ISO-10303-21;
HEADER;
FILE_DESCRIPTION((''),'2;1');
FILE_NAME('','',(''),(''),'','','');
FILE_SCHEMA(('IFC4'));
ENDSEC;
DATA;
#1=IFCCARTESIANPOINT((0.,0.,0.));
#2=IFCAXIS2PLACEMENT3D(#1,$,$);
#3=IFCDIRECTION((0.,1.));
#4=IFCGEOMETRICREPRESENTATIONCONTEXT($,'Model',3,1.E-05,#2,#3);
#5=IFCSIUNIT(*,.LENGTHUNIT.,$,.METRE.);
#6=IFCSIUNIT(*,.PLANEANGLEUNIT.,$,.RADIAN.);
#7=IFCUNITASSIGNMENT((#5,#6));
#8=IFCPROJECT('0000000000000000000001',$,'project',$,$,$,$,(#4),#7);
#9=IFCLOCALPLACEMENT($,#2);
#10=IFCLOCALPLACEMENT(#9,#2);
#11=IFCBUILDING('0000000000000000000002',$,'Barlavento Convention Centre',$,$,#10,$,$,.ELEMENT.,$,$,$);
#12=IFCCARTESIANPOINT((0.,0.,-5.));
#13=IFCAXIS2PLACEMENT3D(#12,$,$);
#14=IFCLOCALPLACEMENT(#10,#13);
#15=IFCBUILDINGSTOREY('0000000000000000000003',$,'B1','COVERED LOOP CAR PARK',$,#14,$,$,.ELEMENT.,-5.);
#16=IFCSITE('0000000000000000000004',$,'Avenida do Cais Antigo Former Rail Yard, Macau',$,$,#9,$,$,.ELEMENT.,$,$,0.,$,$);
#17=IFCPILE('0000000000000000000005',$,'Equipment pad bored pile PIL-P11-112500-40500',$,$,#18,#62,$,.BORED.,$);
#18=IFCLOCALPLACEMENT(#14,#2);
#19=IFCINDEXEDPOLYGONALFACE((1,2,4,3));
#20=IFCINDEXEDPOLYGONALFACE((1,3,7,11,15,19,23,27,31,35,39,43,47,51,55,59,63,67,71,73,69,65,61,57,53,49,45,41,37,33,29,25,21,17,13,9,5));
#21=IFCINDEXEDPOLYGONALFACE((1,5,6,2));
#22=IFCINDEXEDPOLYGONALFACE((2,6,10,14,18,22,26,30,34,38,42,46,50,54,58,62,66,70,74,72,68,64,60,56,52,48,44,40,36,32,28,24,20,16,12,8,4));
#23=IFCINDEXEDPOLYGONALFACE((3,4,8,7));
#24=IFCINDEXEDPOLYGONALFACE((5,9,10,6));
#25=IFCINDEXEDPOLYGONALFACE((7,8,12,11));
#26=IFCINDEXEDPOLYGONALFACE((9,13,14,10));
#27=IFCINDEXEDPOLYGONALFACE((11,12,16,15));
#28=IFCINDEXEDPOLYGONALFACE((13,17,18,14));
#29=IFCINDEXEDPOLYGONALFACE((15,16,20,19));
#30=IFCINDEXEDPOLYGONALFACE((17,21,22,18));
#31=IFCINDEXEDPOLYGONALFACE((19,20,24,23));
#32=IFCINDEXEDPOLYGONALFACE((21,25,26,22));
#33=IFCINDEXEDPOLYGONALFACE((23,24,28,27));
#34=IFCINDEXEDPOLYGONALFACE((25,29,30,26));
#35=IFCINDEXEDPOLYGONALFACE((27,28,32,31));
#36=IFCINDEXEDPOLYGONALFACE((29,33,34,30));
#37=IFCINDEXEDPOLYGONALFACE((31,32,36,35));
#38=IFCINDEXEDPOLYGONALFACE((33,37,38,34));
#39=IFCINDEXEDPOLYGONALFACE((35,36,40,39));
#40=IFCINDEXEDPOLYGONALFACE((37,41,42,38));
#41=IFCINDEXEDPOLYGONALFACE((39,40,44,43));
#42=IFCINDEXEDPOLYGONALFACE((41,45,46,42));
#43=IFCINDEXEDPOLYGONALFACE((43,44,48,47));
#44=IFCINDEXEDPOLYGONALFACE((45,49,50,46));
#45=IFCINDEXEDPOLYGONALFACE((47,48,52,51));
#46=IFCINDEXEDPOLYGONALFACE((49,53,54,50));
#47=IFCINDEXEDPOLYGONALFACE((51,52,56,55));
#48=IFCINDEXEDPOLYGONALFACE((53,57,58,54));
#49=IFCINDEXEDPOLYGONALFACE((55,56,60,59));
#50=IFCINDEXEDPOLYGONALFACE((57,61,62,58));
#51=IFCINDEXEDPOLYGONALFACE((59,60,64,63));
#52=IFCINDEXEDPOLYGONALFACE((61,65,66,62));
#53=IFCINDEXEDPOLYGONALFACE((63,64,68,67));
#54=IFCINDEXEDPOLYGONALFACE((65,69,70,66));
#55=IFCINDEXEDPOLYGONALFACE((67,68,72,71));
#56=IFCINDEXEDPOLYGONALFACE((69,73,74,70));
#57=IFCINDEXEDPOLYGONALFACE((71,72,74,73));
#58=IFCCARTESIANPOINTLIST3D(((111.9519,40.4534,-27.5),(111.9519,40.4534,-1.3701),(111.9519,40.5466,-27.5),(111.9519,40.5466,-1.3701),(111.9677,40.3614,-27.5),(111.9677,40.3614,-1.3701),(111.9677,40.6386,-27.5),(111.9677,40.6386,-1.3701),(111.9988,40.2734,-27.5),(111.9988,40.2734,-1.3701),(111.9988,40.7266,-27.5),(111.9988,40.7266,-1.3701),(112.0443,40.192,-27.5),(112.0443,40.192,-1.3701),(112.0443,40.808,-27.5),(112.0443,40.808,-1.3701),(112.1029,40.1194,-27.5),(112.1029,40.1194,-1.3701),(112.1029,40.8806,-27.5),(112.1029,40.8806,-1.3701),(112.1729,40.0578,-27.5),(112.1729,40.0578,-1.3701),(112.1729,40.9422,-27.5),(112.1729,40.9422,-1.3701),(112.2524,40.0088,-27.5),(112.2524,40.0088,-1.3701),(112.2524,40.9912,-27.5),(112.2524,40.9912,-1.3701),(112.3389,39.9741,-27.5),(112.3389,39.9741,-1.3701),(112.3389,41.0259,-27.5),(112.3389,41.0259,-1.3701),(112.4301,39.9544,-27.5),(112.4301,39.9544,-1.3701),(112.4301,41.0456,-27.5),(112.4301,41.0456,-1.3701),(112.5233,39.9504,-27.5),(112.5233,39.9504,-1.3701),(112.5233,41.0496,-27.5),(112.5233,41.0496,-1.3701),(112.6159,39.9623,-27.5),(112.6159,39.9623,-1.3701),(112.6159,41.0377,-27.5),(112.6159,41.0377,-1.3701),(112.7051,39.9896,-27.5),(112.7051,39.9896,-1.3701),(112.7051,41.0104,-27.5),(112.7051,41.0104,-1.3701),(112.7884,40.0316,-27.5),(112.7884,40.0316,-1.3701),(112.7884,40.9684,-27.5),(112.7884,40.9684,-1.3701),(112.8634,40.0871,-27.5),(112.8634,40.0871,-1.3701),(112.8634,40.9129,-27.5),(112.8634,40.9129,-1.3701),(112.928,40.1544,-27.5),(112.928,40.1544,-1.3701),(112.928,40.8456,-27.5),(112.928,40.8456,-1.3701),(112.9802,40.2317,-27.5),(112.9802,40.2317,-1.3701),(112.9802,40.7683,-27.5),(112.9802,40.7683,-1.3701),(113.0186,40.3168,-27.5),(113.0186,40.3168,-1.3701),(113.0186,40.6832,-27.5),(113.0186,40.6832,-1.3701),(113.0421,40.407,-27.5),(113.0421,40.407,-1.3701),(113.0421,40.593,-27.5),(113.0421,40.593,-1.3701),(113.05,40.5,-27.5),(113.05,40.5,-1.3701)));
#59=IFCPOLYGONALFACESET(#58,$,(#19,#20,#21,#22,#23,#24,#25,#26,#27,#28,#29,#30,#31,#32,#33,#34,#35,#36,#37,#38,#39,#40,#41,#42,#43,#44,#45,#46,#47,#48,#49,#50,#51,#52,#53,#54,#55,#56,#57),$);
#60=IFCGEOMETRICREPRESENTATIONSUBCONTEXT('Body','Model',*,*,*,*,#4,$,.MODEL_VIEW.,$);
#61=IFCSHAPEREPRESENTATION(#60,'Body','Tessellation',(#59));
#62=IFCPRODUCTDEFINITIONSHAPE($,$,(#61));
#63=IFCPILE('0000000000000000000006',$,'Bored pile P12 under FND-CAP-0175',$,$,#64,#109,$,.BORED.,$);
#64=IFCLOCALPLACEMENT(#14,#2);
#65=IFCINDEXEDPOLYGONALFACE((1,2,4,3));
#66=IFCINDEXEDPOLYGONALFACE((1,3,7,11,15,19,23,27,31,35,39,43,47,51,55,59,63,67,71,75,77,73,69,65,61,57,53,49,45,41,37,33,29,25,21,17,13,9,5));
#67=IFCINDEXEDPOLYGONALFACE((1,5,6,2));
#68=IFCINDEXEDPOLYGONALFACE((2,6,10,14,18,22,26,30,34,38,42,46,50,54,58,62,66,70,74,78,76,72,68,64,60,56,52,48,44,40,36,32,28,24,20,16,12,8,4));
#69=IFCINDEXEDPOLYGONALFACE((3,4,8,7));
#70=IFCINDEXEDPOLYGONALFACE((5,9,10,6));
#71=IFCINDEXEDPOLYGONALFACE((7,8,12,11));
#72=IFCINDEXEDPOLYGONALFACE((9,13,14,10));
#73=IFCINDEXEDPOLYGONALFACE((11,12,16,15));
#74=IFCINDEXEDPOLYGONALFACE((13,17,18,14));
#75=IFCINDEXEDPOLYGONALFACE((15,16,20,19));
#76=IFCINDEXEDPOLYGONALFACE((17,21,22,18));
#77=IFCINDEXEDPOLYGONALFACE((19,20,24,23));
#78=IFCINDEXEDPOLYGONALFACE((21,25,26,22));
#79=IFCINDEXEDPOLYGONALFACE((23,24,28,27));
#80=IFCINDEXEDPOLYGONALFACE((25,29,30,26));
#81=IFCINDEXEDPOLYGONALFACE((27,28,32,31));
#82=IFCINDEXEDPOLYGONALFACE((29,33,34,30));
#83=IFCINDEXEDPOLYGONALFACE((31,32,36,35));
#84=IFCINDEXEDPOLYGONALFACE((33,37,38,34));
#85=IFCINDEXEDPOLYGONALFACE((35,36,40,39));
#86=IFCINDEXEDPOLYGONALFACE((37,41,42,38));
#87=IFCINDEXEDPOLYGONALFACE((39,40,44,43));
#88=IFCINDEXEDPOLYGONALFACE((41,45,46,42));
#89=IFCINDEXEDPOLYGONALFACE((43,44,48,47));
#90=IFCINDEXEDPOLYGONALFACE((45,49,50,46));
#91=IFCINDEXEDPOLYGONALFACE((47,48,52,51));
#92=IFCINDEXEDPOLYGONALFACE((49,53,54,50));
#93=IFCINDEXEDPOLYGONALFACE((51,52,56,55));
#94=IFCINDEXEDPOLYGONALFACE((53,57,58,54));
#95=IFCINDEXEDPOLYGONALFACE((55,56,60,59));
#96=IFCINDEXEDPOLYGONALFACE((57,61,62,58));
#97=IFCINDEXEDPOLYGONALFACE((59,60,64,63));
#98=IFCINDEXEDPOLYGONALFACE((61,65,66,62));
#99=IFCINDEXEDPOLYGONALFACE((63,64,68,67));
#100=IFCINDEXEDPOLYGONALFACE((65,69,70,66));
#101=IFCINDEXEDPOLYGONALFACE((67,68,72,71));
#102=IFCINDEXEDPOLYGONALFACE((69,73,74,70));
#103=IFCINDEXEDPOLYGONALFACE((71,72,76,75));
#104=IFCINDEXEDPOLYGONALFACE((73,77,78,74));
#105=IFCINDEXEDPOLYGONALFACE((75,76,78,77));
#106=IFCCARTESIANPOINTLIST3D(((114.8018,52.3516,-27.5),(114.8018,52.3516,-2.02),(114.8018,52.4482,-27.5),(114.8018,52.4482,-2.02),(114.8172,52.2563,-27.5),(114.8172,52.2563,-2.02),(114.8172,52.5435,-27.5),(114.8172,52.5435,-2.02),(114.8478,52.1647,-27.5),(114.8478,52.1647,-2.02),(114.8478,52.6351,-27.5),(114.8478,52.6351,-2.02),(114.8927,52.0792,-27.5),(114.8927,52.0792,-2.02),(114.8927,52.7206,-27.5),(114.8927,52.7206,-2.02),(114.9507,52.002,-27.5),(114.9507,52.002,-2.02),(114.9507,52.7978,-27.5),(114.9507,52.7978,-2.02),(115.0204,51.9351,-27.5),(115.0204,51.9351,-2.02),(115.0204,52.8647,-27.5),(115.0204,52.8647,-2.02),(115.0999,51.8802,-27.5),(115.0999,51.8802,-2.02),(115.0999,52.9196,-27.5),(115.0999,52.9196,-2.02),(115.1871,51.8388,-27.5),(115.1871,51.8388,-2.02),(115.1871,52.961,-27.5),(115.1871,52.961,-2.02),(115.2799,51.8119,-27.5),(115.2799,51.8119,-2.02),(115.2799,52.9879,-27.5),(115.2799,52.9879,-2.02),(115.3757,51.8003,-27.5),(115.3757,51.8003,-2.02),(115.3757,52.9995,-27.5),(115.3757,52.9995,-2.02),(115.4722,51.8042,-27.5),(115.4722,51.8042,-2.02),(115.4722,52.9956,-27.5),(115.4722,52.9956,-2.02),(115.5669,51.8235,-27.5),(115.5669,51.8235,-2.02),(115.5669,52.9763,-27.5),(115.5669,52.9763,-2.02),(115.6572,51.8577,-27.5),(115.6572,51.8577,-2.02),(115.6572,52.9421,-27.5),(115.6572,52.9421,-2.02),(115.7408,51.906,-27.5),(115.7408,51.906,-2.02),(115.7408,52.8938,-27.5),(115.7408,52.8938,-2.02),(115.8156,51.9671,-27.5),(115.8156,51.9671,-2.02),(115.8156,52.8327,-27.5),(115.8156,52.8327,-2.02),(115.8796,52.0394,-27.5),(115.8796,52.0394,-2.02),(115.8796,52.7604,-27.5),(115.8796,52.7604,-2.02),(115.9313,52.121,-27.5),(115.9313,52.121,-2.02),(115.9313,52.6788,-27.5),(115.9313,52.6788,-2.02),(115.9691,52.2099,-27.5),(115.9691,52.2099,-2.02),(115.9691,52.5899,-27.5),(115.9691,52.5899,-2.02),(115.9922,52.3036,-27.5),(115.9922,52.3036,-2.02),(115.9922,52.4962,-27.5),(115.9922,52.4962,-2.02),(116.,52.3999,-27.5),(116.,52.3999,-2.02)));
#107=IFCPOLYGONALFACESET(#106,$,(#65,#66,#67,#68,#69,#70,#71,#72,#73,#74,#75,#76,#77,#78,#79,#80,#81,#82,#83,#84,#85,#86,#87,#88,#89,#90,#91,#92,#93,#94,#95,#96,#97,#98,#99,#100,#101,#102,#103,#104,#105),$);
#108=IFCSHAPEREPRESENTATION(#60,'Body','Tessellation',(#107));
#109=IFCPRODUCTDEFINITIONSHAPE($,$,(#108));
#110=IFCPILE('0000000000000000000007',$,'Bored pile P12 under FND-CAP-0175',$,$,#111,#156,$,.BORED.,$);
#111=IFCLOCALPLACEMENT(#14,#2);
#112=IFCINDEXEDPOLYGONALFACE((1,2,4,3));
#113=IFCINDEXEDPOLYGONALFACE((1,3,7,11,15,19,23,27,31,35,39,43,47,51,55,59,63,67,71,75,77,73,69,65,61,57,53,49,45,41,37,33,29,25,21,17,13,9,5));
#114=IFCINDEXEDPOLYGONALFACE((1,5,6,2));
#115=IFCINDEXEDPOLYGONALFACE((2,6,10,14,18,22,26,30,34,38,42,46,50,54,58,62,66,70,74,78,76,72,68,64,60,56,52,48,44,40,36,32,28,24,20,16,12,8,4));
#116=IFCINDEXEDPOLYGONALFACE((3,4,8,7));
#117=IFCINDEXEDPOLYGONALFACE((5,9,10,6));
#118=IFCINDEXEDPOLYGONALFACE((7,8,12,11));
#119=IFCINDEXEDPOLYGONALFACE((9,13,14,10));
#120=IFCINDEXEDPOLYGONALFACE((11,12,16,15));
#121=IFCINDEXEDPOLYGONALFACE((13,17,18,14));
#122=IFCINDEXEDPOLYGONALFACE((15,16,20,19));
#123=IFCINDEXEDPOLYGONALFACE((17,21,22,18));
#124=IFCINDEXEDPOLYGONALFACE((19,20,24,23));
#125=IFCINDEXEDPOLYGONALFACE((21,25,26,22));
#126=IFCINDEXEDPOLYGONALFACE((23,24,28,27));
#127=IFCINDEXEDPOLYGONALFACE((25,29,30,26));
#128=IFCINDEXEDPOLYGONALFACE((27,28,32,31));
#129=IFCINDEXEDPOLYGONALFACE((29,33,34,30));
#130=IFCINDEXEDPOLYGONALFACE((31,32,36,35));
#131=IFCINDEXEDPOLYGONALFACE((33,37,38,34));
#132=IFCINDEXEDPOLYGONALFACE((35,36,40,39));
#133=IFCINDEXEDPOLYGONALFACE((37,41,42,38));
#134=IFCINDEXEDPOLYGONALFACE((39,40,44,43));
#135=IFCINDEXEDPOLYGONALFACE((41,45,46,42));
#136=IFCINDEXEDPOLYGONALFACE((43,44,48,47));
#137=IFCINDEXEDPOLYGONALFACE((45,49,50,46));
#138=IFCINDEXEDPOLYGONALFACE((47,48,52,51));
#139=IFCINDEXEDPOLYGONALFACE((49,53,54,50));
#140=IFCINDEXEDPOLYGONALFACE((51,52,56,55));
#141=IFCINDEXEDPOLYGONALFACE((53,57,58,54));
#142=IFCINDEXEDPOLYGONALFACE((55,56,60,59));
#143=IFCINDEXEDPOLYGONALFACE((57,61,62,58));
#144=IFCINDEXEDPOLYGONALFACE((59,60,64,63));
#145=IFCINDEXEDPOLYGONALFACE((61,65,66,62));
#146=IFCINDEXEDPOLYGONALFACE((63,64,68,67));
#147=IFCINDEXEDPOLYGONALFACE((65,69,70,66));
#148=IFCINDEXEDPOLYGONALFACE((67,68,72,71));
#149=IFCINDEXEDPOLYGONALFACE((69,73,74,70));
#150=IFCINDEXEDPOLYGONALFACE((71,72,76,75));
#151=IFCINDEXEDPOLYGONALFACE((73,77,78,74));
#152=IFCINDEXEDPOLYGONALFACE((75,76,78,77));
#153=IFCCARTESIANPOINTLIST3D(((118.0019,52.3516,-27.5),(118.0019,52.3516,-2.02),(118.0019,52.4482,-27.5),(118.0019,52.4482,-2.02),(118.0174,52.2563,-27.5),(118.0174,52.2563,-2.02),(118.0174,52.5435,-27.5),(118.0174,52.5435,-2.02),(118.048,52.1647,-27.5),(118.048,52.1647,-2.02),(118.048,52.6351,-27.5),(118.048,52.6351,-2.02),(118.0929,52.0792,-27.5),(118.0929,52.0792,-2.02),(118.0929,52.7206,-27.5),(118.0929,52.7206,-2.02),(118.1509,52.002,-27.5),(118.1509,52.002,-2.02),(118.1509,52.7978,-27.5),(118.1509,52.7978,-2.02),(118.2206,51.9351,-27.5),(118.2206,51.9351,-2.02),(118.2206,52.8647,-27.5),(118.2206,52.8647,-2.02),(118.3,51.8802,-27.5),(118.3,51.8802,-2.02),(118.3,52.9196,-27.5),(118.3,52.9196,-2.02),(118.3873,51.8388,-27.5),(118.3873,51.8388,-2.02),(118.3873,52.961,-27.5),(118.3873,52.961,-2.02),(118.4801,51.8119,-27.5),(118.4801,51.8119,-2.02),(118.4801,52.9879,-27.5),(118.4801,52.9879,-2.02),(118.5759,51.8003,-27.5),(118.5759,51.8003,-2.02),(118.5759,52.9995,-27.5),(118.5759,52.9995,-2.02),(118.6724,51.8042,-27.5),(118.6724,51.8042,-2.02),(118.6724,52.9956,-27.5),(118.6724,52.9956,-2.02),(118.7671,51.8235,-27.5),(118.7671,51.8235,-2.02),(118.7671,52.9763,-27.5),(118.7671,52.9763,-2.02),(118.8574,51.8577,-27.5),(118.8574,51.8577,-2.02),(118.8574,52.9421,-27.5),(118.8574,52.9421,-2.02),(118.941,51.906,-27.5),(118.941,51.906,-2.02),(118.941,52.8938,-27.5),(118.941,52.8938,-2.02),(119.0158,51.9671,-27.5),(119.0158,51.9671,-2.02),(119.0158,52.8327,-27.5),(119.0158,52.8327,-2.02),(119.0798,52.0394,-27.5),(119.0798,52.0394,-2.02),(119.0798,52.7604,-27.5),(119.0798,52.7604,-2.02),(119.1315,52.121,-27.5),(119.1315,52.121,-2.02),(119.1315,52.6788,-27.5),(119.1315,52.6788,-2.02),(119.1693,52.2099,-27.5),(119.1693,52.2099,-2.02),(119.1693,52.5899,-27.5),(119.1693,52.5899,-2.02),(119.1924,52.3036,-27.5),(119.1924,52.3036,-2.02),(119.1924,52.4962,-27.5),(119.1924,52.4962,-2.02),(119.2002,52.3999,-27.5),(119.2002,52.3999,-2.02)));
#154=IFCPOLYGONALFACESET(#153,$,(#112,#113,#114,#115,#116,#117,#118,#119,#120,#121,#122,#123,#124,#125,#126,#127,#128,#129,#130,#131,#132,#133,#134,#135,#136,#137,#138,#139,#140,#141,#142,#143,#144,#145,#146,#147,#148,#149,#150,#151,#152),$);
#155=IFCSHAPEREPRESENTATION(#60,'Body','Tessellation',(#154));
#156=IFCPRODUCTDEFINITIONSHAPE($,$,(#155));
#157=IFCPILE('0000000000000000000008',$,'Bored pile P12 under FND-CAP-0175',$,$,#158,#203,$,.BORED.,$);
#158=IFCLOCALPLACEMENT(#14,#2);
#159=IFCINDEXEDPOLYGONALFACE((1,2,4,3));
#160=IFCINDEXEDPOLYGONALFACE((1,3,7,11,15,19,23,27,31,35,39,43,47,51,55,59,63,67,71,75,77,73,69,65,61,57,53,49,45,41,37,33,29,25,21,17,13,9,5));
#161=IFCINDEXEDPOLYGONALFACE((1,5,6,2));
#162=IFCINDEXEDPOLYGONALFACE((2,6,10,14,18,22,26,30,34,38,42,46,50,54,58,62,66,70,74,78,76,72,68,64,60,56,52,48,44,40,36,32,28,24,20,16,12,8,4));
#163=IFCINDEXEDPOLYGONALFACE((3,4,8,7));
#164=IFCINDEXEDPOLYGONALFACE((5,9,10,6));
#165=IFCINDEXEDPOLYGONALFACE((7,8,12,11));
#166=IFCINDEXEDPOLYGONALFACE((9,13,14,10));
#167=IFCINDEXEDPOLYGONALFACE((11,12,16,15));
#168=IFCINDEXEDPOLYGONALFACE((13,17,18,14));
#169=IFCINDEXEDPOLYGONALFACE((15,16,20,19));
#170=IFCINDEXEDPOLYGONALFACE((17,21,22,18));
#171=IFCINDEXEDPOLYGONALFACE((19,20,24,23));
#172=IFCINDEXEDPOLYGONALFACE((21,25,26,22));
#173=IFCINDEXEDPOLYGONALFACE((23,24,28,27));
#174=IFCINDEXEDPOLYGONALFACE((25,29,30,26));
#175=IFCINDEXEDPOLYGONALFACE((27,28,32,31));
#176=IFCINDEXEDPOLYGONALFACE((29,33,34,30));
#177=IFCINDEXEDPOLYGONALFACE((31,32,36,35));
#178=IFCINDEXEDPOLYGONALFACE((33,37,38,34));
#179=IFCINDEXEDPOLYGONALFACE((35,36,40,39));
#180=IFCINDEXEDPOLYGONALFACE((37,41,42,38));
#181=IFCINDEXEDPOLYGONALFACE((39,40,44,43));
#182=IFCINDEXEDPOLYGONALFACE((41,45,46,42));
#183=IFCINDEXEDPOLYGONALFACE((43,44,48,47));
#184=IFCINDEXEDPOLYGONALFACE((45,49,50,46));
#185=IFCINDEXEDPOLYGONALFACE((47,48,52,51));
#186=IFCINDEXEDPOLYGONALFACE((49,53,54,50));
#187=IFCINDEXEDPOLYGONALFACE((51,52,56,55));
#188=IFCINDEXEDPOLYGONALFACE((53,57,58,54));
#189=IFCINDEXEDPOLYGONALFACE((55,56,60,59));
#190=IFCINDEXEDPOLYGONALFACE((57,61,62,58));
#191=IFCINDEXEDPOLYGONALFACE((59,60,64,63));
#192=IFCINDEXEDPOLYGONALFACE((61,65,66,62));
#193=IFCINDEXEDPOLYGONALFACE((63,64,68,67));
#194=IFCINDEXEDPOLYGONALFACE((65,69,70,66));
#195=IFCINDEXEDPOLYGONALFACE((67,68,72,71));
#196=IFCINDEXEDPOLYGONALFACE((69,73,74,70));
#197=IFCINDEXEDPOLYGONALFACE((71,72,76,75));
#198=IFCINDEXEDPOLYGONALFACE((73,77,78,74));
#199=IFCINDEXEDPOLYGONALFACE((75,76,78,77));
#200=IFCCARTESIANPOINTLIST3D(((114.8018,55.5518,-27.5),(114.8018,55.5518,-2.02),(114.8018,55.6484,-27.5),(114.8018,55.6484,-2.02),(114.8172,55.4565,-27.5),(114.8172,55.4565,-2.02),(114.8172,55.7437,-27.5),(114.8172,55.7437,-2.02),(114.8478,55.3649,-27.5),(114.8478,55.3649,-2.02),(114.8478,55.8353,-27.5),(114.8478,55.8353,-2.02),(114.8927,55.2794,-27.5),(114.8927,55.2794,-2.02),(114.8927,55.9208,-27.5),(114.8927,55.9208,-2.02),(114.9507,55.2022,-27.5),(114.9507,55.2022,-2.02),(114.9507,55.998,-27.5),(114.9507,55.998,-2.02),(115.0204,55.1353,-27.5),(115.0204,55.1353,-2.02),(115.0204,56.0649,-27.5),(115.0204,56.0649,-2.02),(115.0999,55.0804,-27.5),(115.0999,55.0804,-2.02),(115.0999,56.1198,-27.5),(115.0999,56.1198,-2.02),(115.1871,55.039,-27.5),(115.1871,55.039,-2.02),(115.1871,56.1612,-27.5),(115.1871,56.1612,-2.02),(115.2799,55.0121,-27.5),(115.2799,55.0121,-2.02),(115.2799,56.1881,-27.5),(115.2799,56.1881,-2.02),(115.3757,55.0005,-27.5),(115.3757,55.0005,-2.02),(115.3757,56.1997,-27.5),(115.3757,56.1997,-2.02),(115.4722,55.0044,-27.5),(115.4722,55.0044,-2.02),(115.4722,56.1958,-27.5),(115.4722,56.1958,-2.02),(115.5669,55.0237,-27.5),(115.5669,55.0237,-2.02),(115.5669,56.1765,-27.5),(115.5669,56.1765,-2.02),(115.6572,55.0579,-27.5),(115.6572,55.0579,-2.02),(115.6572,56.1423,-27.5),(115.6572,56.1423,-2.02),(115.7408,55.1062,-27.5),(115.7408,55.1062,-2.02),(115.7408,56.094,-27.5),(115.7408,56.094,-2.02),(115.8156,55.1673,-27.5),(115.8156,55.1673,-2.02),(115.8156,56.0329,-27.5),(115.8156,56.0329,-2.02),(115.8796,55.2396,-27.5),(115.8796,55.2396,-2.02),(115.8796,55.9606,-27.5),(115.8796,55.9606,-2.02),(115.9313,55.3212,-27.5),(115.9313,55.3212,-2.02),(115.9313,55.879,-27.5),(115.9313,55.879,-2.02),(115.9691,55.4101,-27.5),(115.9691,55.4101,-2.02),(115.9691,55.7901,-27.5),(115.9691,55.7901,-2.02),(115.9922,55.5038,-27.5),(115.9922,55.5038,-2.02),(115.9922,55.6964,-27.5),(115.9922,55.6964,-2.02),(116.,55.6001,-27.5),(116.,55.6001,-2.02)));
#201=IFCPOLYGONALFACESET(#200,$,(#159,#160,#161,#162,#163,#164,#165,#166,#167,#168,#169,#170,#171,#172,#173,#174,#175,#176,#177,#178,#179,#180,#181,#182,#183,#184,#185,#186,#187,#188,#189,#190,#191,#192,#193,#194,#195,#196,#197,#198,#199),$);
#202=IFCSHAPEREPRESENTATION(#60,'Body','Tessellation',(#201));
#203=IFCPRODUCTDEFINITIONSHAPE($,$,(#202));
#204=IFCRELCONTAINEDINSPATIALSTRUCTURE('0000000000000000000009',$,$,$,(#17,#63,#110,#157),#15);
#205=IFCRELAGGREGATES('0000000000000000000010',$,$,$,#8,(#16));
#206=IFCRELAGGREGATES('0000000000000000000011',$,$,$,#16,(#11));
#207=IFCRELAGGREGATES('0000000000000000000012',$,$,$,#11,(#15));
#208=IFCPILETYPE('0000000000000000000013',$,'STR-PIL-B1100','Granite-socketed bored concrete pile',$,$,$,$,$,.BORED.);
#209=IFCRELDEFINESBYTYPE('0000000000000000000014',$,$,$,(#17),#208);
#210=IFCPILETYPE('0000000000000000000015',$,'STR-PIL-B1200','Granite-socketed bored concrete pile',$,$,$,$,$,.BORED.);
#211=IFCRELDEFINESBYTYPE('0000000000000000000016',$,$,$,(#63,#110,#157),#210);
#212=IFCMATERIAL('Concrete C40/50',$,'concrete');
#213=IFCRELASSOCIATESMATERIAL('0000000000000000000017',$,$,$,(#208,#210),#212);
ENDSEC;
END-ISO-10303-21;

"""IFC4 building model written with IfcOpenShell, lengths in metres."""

from ifc_helpers import new_model, si_unit, direction, frame, origin, origin_2d, place, context, subcontext, project, spatial, circle, extrude, material, material_profile, profile_set, type_object, element, save


model = new_model("IFC4")

# Units and contexts
model_context = context("Model", 3, precision=1e-05, world=origin(), true_north=direction((0.0, 1.0)))
body_context = subcontext(model_context, "Body", "Model", "MODEL_VIEW")
ifc_project = project(units=[si_unit("LENGTHUNIT", "METRE"), si_unit("PLANEANGLEUNIT", "RADIAN")], contexts=[model_context])

# Site, building, storey
site_placement = place(None, origin())
site = spatial("IfcSite", under=ifc_project, at=site_placement, Name="Avenida do Cais Antigo Former Rail Yard, Macau", CompositionType="ELEMENT", RefElevation=0.0)
building_placement = place(site_placement, origin())
building = spatial("IfcBuilding", under=site, at=building_placement, Name="Barlavento Convention Centre", CompositionType="ELEMENT")
storey_placement = place(building_placement, frame((0.0, 0.0, -5.0)))
storey = spatial("IfcBuildingStorey", under=building, at=storey_placement, Name="B1", Description="COVERED LOOP CAR PARK", CompositionType="ELEMENT", Elevation=-5.0)

# Shared definitions
ifc_material_1 = material(Name="Concrete C40/50", Category="concrete")

# Piles
ifc_material_profile_1 = material_profile(ifc_material_1, circle(Radius=0.55, at=origin_2d()), Name="BORED PILE 1100")
ifc_profile_set_1 = profile_set([ifc_material_profile_1], Name="Concrete C40/50")
pile_type_1 = type_object("IfcPileType", Name="STR-PIL-B1100", Description="Granite-socketed bored concrete pile", PredefinedType="BORED", material=ifc_profile_set_1)
pile_1_placement = place(storey_placement, frame((112.5, 40.5, -1.3701), z_axis=(0.0, 0.0, -1.0), x_axis=(1.0, 0.0, 0.0)))
element("IfcPile", 1, at=pile_1_placement, inside=storey, type_object=pile_type_1, Name="Equipment pad bored pile PIL-P11-112500-40500", PredefinedType="BORED", context=body_context, shape_type="SweptSolid", body=[
    extrude(circle(Radius=0.55, at=origin_2d()), origin(), (0.0, 0.0, 1.0), 26.1299),
])
ifc_material_profile_2 = material_profile(ifc_material_1, circle(Radius=0.6001, at=origin_2d()), Name="BORED PILE 1200")
ifc_profile_set_2 = profile_set([ifc_material_profile_2], Name="Concrete C40/50")
pile_type_2 = type_object("IfcPileType", Name="STR-PIL-B1200", Description="Granite-socketed bored concrete pile", PredefinedType="BORED", material=ifc_profile_set_2)
for number, where, z_axis, x_axis, name in (
    (2, (115.3999, 52.3999, -2.02), (0.0, 0.0, -1.0), (1.0, 0.0, 0.0), "Bored pile P12 under FND-CAP-0175"),
    (3, (118.6001, 52.3999, -2.02), (0.0, 0.0, -1.0), (1.0, 0.0, 0.0), "Bored pile P12 under FND-CAP-0175"),
    (4, (115.3999, 55.6001, -2.02), (0.0, 0.0, -1.0), (1.0, 0.0, 0.0), "Bored pile P12 under FND-CAP-0175"),
):
    element("IfcPile", number, at=place(storey_placement, frame(where, z_axis=z_axis, x_axis=x_axis)), inside=storey, type_object=pile_type_2, Name=name, PredefinedType="BORED", context=body_context, shape_type="SweptSolid", body=[
        extrude(circle(Radius=0.6001, at=origin_2d()), origin(), (0.0, 0.0, 1.0), 25.48),
    ])

save(model, "model.ifc")
